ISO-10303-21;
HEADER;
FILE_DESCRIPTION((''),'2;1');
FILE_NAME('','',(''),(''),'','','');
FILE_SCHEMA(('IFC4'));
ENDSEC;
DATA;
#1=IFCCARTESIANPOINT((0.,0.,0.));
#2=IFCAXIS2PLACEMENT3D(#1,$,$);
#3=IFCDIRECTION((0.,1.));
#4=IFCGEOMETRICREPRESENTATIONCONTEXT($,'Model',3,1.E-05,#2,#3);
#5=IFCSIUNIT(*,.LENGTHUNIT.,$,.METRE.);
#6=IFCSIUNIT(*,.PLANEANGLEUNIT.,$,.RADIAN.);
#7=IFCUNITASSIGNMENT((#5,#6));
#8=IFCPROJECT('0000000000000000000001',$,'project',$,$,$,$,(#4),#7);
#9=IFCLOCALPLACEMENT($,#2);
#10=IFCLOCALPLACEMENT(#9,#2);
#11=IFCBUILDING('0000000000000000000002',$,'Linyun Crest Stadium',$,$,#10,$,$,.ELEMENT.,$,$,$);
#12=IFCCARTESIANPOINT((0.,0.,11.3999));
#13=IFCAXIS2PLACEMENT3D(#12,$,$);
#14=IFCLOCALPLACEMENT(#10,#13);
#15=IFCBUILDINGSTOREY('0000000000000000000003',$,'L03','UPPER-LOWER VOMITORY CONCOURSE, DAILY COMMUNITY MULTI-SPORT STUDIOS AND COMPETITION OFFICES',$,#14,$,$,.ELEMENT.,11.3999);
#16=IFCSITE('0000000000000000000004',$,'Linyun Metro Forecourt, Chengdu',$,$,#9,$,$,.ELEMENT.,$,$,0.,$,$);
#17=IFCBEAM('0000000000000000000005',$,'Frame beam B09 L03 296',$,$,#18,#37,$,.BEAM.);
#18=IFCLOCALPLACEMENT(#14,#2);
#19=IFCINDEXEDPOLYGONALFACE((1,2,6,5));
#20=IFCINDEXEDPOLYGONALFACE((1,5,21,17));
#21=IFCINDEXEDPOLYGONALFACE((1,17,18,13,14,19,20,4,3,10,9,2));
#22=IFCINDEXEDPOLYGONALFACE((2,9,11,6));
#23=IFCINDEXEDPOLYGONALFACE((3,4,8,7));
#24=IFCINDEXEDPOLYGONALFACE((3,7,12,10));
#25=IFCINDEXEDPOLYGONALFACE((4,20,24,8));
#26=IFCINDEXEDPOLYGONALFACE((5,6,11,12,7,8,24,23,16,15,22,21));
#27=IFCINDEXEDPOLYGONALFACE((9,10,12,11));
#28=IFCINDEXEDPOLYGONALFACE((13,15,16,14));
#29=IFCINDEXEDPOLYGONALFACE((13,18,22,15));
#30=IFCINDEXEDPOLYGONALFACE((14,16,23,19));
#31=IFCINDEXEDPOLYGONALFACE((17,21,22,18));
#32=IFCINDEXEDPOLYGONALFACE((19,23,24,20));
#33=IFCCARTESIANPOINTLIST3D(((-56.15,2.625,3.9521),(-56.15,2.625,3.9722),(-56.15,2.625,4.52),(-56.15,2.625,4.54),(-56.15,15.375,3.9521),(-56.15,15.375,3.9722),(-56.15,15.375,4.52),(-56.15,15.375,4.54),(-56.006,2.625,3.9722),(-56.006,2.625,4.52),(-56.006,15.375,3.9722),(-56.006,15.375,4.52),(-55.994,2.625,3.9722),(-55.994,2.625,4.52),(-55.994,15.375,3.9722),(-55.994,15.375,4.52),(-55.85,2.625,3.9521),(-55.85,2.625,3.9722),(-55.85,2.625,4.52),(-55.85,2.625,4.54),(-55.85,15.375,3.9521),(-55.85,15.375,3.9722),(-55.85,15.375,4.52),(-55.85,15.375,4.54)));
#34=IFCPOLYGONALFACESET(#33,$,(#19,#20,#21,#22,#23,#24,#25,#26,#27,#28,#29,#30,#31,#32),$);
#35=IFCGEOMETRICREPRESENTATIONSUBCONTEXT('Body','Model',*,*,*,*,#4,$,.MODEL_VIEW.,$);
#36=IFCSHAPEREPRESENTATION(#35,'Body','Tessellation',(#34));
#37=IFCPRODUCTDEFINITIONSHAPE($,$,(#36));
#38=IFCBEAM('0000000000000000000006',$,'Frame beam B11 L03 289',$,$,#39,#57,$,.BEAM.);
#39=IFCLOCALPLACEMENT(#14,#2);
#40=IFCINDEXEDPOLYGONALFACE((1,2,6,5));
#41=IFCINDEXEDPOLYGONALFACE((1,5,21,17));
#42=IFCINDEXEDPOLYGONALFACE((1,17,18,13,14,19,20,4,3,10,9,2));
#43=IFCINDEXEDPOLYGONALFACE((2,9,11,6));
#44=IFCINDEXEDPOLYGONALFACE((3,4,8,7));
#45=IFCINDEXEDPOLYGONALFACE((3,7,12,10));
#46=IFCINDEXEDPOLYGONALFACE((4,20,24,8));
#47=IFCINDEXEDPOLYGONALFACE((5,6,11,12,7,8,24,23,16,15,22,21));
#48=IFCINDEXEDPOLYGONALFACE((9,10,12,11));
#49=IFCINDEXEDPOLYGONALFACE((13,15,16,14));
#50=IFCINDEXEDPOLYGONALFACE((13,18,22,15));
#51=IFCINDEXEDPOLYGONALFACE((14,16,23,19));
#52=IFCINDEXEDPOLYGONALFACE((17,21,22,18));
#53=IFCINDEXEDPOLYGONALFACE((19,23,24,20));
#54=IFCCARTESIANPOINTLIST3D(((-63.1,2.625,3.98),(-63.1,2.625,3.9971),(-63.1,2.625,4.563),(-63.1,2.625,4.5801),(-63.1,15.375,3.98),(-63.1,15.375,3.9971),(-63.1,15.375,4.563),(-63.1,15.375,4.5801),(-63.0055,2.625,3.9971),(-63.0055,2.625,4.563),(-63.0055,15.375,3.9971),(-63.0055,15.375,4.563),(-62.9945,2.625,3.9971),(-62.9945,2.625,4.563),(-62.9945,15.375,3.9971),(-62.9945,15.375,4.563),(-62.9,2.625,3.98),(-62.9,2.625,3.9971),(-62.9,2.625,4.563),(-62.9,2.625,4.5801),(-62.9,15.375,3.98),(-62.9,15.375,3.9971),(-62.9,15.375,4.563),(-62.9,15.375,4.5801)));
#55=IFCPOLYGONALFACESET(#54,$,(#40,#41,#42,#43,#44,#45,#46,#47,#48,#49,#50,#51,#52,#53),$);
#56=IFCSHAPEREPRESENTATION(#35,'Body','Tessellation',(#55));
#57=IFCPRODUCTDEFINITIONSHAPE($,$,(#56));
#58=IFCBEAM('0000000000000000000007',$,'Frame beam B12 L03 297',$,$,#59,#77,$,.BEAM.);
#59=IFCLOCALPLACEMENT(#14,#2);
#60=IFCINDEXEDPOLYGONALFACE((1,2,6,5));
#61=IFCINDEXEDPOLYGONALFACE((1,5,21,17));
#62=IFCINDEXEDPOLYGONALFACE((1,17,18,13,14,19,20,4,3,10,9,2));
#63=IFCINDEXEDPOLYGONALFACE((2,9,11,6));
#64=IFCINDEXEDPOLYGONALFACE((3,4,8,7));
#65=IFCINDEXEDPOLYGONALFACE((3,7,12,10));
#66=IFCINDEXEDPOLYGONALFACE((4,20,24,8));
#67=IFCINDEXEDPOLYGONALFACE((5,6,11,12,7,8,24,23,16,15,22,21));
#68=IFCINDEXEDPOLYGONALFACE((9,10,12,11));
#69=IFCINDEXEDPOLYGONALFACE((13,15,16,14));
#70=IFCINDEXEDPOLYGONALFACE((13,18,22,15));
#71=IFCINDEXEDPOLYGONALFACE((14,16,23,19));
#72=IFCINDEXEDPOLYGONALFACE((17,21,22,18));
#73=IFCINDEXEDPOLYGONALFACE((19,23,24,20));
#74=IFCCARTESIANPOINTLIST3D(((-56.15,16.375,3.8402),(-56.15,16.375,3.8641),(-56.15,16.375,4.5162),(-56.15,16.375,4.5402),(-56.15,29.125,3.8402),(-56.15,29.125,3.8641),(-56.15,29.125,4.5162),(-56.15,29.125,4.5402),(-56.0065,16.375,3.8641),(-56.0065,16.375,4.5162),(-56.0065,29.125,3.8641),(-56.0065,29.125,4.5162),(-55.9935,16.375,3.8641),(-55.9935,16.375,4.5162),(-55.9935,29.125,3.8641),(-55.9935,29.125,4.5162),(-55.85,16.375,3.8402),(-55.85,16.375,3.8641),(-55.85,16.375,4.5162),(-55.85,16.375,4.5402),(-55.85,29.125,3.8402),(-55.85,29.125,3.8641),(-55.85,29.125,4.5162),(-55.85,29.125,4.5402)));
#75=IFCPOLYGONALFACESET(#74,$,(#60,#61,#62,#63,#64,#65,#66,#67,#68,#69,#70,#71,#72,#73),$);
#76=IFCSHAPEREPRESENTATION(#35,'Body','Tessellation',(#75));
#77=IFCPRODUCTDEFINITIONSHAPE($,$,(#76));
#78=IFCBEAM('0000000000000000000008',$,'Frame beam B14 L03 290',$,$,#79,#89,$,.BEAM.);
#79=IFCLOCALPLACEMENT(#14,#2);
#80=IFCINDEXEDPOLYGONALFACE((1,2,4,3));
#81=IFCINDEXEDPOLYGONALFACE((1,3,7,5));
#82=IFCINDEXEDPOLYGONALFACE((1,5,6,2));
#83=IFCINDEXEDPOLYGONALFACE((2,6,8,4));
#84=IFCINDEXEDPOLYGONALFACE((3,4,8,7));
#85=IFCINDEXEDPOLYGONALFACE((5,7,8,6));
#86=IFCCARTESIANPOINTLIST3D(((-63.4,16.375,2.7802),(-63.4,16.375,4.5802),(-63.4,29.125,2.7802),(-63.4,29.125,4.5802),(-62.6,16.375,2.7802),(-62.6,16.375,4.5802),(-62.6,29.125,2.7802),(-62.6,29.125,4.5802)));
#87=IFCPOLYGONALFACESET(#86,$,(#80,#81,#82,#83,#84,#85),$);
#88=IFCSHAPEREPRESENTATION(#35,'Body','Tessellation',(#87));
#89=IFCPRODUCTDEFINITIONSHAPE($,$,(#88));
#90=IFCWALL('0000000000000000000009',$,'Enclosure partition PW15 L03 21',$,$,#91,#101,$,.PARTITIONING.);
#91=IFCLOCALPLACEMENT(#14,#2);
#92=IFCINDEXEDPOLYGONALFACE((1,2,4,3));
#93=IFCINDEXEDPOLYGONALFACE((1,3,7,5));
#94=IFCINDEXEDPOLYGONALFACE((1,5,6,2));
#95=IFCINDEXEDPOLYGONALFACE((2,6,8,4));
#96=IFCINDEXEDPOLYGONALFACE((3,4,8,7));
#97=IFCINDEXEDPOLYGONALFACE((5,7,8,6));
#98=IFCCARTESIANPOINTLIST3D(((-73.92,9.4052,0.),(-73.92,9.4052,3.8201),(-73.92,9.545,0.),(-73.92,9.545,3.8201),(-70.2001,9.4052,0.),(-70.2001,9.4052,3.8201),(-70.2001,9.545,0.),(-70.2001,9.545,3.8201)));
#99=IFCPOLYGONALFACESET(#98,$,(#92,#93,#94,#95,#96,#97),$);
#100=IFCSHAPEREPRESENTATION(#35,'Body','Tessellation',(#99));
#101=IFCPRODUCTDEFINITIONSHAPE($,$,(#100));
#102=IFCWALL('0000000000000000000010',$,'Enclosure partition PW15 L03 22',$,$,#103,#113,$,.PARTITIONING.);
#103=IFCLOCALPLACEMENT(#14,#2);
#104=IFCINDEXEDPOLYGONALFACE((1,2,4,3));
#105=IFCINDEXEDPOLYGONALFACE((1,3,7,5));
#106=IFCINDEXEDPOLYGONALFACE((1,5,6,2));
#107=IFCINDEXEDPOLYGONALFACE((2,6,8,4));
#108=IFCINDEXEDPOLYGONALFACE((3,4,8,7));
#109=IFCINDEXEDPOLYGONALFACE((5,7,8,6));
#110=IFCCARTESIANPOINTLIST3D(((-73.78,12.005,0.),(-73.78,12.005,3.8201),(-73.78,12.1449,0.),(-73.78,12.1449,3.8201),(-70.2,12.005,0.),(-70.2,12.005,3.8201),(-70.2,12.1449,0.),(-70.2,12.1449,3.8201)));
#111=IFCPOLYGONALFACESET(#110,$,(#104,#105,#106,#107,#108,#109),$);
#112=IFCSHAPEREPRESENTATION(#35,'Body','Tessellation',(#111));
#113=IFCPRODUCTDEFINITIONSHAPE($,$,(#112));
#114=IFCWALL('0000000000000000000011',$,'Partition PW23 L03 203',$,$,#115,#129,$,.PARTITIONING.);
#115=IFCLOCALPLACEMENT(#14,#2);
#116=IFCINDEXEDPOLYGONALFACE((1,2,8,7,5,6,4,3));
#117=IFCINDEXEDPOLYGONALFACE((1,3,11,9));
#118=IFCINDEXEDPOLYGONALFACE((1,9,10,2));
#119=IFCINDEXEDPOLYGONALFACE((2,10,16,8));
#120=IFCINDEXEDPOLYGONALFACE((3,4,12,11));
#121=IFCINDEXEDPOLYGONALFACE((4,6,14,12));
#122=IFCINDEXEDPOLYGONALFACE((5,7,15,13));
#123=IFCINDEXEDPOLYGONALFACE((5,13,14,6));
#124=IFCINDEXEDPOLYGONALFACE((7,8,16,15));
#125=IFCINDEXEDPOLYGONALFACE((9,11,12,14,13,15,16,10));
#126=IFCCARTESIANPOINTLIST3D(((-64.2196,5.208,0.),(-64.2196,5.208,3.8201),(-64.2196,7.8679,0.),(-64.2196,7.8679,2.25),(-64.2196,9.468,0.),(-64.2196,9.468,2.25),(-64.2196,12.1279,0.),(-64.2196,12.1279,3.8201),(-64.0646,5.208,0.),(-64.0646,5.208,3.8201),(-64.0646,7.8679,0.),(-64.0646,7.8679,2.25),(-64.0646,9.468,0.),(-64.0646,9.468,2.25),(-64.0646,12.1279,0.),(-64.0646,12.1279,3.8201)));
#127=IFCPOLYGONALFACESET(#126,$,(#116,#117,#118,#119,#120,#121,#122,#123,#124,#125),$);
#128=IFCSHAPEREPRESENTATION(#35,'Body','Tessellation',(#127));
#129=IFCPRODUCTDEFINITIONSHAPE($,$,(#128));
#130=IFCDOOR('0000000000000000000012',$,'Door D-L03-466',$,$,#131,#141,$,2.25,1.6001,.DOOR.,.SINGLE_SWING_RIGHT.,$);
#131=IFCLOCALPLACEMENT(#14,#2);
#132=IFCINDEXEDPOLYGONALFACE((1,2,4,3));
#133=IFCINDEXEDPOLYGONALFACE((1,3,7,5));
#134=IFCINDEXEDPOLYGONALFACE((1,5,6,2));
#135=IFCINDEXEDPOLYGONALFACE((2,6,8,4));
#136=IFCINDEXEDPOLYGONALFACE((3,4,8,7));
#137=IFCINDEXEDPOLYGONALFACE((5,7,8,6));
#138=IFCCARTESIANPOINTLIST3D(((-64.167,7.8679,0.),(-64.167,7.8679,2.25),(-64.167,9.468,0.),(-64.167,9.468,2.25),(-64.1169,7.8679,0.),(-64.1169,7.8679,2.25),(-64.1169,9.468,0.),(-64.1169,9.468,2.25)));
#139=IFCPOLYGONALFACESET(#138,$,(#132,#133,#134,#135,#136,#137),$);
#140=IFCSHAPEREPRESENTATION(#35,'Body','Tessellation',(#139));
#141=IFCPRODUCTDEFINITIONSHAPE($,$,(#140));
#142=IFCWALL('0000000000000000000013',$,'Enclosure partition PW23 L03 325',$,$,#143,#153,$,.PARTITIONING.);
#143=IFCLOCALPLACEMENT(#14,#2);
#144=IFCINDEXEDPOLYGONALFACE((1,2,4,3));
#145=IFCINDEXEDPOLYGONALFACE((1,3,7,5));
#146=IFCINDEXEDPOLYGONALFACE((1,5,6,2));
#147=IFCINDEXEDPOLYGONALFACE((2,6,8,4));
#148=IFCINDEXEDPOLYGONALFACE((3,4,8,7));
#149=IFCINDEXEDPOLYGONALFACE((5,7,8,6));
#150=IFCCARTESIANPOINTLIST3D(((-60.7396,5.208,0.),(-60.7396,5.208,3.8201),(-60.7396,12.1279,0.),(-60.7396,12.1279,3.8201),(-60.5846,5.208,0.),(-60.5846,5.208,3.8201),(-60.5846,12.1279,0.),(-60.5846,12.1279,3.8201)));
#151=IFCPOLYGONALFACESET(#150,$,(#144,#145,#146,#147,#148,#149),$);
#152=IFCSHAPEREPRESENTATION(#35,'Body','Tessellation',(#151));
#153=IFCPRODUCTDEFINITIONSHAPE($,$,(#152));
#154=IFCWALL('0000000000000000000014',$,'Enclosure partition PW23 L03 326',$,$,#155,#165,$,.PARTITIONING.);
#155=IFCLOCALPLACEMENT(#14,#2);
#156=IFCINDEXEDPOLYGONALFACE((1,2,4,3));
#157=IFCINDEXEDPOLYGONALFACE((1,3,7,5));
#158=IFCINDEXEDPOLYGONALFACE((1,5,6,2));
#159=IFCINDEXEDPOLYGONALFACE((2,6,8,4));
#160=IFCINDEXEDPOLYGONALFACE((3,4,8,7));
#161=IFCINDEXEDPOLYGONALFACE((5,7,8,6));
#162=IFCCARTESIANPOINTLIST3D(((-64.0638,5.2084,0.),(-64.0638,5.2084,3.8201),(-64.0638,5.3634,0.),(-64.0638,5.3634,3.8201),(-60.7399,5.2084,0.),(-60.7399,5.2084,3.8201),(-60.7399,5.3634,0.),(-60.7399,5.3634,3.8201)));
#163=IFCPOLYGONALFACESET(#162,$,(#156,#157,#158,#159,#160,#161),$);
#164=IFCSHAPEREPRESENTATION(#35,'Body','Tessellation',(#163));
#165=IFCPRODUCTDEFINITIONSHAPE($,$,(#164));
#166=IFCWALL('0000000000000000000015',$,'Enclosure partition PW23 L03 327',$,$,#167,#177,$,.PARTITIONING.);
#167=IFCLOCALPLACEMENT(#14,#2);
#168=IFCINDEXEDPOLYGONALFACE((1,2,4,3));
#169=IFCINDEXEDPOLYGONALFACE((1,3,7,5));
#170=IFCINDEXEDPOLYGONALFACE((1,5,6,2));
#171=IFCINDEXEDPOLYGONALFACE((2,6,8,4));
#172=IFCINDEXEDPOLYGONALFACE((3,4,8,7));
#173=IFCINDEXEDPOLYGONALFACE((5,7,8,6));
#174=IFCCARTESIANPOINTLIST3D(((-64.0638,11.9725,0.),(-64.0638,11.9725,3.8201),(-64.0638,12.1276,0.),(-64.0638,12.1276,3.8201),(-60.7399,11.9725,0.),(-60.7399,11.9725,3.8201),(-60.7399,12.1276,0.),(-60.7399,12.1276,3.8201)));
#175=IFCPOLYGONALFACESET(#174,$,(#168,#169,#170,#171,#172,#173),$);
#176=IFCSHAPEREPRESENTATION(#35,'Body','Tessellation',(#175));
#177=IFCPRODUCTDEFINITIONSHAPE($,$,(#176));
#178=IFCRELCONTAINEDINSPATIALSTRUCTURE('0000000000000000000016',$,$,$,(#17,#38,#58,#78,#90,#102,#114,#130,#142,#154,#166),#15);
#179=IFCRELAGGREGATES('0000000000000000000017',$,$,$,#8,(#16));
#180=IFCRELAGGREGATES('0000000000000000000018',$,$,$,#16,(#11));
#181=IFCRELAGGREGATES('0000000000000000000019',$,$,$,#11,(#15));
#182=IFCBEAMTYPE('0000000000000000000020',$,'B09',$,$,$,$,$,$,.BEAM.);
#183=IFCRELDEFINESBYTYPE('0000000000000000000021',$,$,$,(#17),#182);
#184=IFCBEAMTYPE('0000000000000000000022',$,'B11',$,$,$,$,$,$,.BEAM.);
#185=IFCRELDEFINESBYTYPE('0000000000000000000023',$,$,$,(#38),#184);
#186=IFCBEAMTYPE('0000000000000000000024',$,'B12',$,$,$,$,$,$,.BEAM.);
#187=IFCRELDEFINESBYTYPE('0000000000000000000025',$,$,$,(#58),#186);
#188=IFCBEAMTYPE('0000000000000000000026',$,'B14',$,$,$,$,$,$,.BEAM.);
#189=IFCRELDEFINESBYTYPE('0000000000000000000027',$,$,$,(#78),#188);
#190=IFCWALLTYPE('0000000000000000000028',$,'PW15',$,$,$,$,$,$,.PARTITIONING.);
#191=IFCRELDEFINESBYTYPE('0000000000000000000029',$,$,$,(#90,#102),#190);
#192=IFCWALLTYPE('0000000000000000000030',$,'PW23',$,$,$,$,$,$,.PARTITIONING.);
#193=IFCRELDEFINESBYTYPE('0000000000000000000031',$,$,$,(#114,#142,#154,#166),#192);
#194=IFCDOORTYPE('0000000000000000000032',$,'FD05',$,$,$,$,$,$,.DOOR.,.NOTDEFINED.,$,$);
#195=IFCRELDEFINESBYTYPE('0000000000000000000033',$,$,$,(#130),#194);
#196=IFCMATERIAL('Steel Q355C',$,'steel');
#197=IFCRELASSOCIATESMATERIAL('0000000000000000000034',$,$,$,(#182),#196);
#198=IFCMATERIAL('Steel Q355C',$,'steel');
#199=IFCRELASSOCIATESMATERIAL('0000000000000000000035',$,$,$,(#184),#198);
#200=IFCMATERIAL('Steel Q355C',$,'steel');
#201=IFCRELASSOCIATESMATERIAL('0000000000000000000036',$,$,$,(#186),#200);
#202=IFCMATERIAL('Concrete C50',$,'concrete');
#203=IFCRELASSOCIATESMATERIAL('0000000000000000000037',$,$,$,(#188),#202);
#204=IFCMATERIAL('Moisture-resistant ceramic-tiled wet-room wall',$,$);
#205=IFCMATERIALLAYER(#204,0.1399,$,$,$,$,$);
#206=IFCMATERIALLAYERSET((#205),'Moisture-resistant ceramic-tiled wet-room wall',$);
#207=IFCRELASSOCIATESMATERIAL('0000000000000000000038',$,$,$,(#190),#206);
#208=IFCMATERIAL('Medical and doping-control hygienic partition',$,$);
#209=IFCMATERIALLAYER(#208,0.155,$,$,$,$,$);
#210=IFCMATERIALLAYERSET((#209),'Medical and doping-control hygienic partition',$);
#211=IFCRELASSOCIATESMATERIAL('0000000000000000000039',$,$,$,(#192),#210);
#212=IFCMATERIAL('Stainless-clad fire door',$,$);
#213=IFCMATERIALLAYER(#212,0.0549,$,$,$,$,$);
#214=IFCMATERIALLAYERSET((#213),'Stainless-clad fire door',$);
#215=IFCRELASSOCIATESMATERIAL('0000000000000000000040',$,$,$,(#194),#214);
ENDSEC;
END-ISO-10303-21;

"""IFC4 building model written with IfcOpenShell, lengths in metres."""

from ifc_helpers import new_model, si_unit, direction, frame, frame_2d, origin, origin_2d, place, context, subcontext, project, spatial, rectangle, i_section, extrude, material, layer, layer_set, material_profile, profile_set, type_object, element, fill, save


model = new_model("IFC4")

# Units and contexts
model_context = context("Model", 3, precision=1e-05, world=origin(), true_north=direction((0.0, 1.0)))
body_context = subcontext(model_context, "Body", "Model", "MODEL_VIEW")
ifc_project = project(units=[si_unit("LENGTHUNIT", "METRE"), si_unit("PLANEANGLEUNIT", "RADIAN")], contexts=[model_context])

# Site, building, storey
site_placement = place(None, origin())
site = spatial("IfcSite", under=ifc_project, at=site_placement, Name="Linyun Metro Forecourt, Chengdu", CompositionType="ELEMENT", RefElevation=0.0)
building_placement = place(site_placement, origin())
building = spatial("IfcBuilding", under=site, at=building_placement, Name="Linyun Crest Stadium", CompositionType="ELEMENT")
storey_placement = place(building_placement, frame((0.0, 0.0, 11.3999)))
storey = spatial("IfcBuildingStorey", under=building, at=storey_placement, Name="L03", Description="UPPER-LOWER VOMITORY CONCOURSE, DAILY COMMUNITY MULTI-SPORT STUDIOS AND COMPETITION OFFICES", CompositionType="ELEMENT", Elevation=11.3999)

# Beams
ifc_material_1 = material(Name="Steel Q355C", Category="steel")
ifc_material_profile_1 = material_profile(ifc_material_1, i_section(OverallWidth=0.3, OverallDepth=0.5879, WebThickness=0.012, FlangeThickness=0.02, at=origin_2d()), Name="HM 588x300")
ifc_profile_set_1 = profile_set([ifc_material_profile_1], Name="Steel Q355C")
beam_type_1 = type_object("IfcBeamType", Name="B09", PredefinedType="BEAM", material=ifc_profile_set_1)
beam_1_placement = place(storey_placement, frame((-56.0, 2.625, 4.2461), z_axis=(0.0, 1.0, 0.0), x_axis=(-1.0, 0.0, 0.0)))
element("IfcBeam", 1, at=beam_1_placement, inside=storey, type_object=beam_type_1, Name="Frame beam B09 L03 296", PredefinedType="BEAM", context=body_context, shape_type="SweptSolid", body=[
    extrude(i_section(OverallWidth=0.3, OverallDepth=0.5879, WebThickness=0.012, FlangeThickness=0.02, at=origin_2d()), origin(), (0.0, 0.0, 1.0), 12.75),
])
ifc_material_2 = material(Name="Steel Q355C", Category="steel")
ifc_material_profile_2 = material_profile(ifc_material_2, i_section(OverallWidth=0.2, OverallDepth=0.6001, WebThickness=0.011, FlangeThickness=0.0171, at=origin_2d()), Name="HN 600x200")
ifc_profile_set_2 = profile_set([ifc_material_profile_2], Name="Steel Q355C")
beam_type_2 = type_object("IfcBeamType", Name="B11", PredefinedType="BEAM", material=ifc_profile_set_2)
beam_2_placement = place(storey_placement, frame((-63.0, 2.625, 4.28), z_axis=(0.0, 1.0, 0.0), x_axis=(-1.0, 0.0, 0.0)))
element("IfcBeam", 2, at=beam_2_placement, inside=storey, type_object=beam_type_2, Name="Frame beam B11 L03 289", PredefinedType="BEAM", context=body_context, shape_type="SweptSolid", body=[
    extrude(i_section(OverallWidth=0.2, OverallDepth=0.6001, WebThickness=0.011, FlangeThickness=0.0171, at=origin_2d()), origin(), (0.0, 0.0, 1.0), 12.75),
])
ifc_material_3 = material(Name="Steel Q355C", Category="steel")
ifc_material_profile_3 = material_profile(ifc_material_3, i_section(OverallWidth=0.3, OverallDepth=0.7, WebThickness=0.0129, FlangeThickness=0.0239, at=origin_2d()), Name="HN 700x300")
ifc_profile_set_3 = profile_set([ifc_material_profile_3], Name="Steel Q355C")
beam_type_3 = type_object("IfcBeamType", Name="B12", PredefinedType="BEAM", material=ifc_profile_set_3)
beam_3_placement = place(storey_placement, frame((-56.0, 16.375, 4.1902), z_axis=(0.0, 1.0, 0.0), x_axis=(-1.0, 0.0, 0.0)))
element("IfcBeam", 3, at=beam_3_placement, inside=storey, type_object=beam_type_3, Name="Frame beam B12 L03 297", PredefinedType="BEAM", context=body_context, shape_type="SweptSolid", body=[
    extrude(i_section(OverallWidth=0.3, OverallDepth=0.7, WebThickness=0.0129, FlangeThickness=0.0239, at=origin_2d()), origin(), (0.0, 0.0, 1.0), 12.75),
])
ifc_material_4 = material(Name="Concrete C50", Category="concrete")
ifc_material_profile_4 = material_profile(ifc_material_4, rectangle(XDim=0.8, YDim=1.8, at=origin_2d()), Name="RCB 1800x800")
ifc_profile_set_4 = profile_set([ifc_material_profile_4], Name="Concrete C50")
beam_type_4 = type_object("IfcBeamType", Name="B14", PredefinedType="BEAM", material=ifc_profile_set_4)
beam_4_placement = place(storey_placement, frame((-63.0, 16.375, 3.6802), z_axis=(0.0, 1.0, 0.0), x_axis=(-1.0, 0.0, 0.0)))
element("IfcBeam", 4, at=beam_4_placement, inside=storey, type_object=beam_type_4, Name="Frame beam B14 L03 290", PredefinedType="BEAM", context=body_context, shape_type="SweptSolid", body=[
    extrude(rectangle(XDim=0.8, YDim=1.8, at=origin_2d()), origin(), (0.0, 0.0, 1.0), 12.75),
])

# Shared definitions
ifc_material_5 = material(Name="Moisture-resistant ceramic-tiled wet-room wall")
ifc_layer_1 = layer(ifc_material_5, 0.1399)
ifc_layer_set_1 = layer_set([ifc_layer_1], Name="Moisture-resistant ceramic-tiled wet-room wall")
wall_type_1 = type_object("IfcWallType", Name="PW15", PredefinedType="PARTITIONING", material=ifc_layer_set_1)

# Walls
wall_1_placement = place(storey_placement, frame((-73.9199, 9.4751, 0.0), z_axis=(0.0, 0.0, 1.0), x_axis=(1.0, 0.0, 0.0)))
element("IfcWall", 5, at=wall_1_placement, inside=storey, type_object=wall_type_1, Name="Enclosure partition PW15 L03 21", PredefinedType="PARTITIONING", context=body_context, shape_type="SweptSolid", body=[
    extrude(rectangle(XDim=3.72, YDim=0.1399, at=frame_2d((1.8599, 0.0))), origin(), (0.0, 0.0, 1.0), 3.8201),
])
wall_2_placement = place(storey_placement, frame((-73.78, 12.075, 0.0), z_axis=(0.0, 0.0, 1.0), x_axis=(1.0, 0.0, 0.0)))
element("IfcWall", 6, at=wall_2_placement, inside=storey, type_object=wall_type_1, Name="Enclosure partition PW15 L03 22", PredefinedType="PARTITIONING", context=body_context, shape_type="SweptSolid", body=[
    extrude(rectangle(XDim=3.5801, YDim=0.1399, at=frame_2d((1.79, 0.0))), origin(), (0.0, 0.0, 1.0), 3.8201),
])

# Wall, opening, door
ifc_material_6 = material(Name="Medical and doping-control hygienic partition")
ifc_layer_2 = layer(ifc_material_6, 0.155)
ifc_layer_set_2 = layer_set([ifc_layer_2], Name="Medical and doping-control hygienic partition")
wall_type_2 = type_object("IfcWallType", Name="PW23", PredefinedType="PARTITIONING", material=ifc_layer_set_2)
wall_3_placement = place(storey_placement, frame((-64.1421, 5.208, 0.0), z_axis=(0.0, 0.0, 1.0), x_axis=(0.0, 1.0, 0.0)))
wall_3 = element("IfcWall", 7, at=wall_3_placement, inside=storey, type_object=wall_type_2, Name="Partition PW23 L03 203", PredefinedType="PARTITIONING", context=body_context, shape_type="SweptSolid", body=[
    extrude(rectangle(XDim=6.9199, YDim=0.155, at=frame_2d((3.46, 0.0))), origin(), (0.0, 0.0, 1.0), 3.8201),
])
opening_1_placement = place(wall_3_placement, frame((2.6599, 0.0, 0.0)))
opening_1 = element("IfcOpeningElement", 8, at=opening_1_placement, cuts=wall_3, PredefinedType="OPENING", context=body_context, shape_type="SweptSolid", body=[
    extrude(rectangle(XDim=1.6001, YDim=2.25, at=frame_2d((0.8, 1.125))), frame((0.0, 0.0874, 0.0), z_axis=(0.0, -1.0, 0.0), x_axis=(1.0, 0.0, 0.0)), (0.0, 0.0, 1.0), 0.175),
])
ifc_material_7 = material(Name="Stainless-clad fire door")
ifc_layer_3 = layer(ifc_material_7, 0.0549)
ifc_layer_set_3 = layer_set([ifc_layer_3], Name="Stainless-clad fire door")
door_type_1 = type_object("IfcDoorType", Name="FD05", OperationType="NOTDEFINED", PredefinedType="DOOR", material=ifc_layer_set_3)
door_1_placement = place(opening_1_placement, origin())
door_1 = element("IfcDoor", 9, at=door_1_placement, inside=storey, type_object=door_type_1, Name="Door D-L03-466", OperationType="SINGLE_SWING_RIGHT", OverallHeight=2.25, OverallWidth=1.6001, PredefinedType="DOOR", context=body_context, shape_type="SweptSolid", body=[
    extrude(rectangle(XDim=1.6001, YDim=2.25, at=frame_2d((0.8, 1.125))), frame((0.0, 0.0249, 0.0), z_axis=(0.0, -1.0, 0.0), x_axis=(1.0, 0.0, 0.0)), (0.0, 0.0, 1.0), 0.05),
])
fill(opening_1, door_1)

# Walls
wall_4_placement = place(storey_placement, frame((-60.6621, 5.208, 0.0), z_axis=(0.0, 0.0, 1.0), x_axis=(0.0, 1.0, 0.0)))
element("IfcWall", 10, at=wall_4_placement, inside=storey, type_object=wall_type_2, Name="Enclosure partition PW23 L03 325", PredefinedType="PARTITIONING", context=body_context, shape_type="SweptSolid", body=[
    extrude(rectangle(XDim=6.9199, YDim=0.155, at=frame_2d((3.46, 0.0))), origin(), (0.0, 0.0, 1.0), 3.8201),
])
for number, where, z_axis, x_axis, name in (
    (11, (-64.064, 5.2859, 0.0), (0.0, 0.0, 1.0), (1.0, 0.0, 0.0), "Enclosure partition PW23 L03 326"),
    (12, (-64.064, 12.05, 0.0), (0.0, 0.0, 1.0), (1.0, 0.0, 0.0), "Enclosure partition PW23 L03 327"),
):
    element("IfcWall", number, at=place(storey_placement, frame(where, z_axis=z_axis, x_axis=x_axis)), inside=storey, type_object=wall_type_2, Name=name, PredefinedType="PARTITIONING", context=body_context, shape_type="SweptSolid", body=[
        extrude(rectangle(XDim=3.324, YDim=0.155, at=frame_2d((1.6621, 0.0))), origin(), (0.0, 0.0, 1.0), 3.8201),
    ])

save(model, "model.ifc")
